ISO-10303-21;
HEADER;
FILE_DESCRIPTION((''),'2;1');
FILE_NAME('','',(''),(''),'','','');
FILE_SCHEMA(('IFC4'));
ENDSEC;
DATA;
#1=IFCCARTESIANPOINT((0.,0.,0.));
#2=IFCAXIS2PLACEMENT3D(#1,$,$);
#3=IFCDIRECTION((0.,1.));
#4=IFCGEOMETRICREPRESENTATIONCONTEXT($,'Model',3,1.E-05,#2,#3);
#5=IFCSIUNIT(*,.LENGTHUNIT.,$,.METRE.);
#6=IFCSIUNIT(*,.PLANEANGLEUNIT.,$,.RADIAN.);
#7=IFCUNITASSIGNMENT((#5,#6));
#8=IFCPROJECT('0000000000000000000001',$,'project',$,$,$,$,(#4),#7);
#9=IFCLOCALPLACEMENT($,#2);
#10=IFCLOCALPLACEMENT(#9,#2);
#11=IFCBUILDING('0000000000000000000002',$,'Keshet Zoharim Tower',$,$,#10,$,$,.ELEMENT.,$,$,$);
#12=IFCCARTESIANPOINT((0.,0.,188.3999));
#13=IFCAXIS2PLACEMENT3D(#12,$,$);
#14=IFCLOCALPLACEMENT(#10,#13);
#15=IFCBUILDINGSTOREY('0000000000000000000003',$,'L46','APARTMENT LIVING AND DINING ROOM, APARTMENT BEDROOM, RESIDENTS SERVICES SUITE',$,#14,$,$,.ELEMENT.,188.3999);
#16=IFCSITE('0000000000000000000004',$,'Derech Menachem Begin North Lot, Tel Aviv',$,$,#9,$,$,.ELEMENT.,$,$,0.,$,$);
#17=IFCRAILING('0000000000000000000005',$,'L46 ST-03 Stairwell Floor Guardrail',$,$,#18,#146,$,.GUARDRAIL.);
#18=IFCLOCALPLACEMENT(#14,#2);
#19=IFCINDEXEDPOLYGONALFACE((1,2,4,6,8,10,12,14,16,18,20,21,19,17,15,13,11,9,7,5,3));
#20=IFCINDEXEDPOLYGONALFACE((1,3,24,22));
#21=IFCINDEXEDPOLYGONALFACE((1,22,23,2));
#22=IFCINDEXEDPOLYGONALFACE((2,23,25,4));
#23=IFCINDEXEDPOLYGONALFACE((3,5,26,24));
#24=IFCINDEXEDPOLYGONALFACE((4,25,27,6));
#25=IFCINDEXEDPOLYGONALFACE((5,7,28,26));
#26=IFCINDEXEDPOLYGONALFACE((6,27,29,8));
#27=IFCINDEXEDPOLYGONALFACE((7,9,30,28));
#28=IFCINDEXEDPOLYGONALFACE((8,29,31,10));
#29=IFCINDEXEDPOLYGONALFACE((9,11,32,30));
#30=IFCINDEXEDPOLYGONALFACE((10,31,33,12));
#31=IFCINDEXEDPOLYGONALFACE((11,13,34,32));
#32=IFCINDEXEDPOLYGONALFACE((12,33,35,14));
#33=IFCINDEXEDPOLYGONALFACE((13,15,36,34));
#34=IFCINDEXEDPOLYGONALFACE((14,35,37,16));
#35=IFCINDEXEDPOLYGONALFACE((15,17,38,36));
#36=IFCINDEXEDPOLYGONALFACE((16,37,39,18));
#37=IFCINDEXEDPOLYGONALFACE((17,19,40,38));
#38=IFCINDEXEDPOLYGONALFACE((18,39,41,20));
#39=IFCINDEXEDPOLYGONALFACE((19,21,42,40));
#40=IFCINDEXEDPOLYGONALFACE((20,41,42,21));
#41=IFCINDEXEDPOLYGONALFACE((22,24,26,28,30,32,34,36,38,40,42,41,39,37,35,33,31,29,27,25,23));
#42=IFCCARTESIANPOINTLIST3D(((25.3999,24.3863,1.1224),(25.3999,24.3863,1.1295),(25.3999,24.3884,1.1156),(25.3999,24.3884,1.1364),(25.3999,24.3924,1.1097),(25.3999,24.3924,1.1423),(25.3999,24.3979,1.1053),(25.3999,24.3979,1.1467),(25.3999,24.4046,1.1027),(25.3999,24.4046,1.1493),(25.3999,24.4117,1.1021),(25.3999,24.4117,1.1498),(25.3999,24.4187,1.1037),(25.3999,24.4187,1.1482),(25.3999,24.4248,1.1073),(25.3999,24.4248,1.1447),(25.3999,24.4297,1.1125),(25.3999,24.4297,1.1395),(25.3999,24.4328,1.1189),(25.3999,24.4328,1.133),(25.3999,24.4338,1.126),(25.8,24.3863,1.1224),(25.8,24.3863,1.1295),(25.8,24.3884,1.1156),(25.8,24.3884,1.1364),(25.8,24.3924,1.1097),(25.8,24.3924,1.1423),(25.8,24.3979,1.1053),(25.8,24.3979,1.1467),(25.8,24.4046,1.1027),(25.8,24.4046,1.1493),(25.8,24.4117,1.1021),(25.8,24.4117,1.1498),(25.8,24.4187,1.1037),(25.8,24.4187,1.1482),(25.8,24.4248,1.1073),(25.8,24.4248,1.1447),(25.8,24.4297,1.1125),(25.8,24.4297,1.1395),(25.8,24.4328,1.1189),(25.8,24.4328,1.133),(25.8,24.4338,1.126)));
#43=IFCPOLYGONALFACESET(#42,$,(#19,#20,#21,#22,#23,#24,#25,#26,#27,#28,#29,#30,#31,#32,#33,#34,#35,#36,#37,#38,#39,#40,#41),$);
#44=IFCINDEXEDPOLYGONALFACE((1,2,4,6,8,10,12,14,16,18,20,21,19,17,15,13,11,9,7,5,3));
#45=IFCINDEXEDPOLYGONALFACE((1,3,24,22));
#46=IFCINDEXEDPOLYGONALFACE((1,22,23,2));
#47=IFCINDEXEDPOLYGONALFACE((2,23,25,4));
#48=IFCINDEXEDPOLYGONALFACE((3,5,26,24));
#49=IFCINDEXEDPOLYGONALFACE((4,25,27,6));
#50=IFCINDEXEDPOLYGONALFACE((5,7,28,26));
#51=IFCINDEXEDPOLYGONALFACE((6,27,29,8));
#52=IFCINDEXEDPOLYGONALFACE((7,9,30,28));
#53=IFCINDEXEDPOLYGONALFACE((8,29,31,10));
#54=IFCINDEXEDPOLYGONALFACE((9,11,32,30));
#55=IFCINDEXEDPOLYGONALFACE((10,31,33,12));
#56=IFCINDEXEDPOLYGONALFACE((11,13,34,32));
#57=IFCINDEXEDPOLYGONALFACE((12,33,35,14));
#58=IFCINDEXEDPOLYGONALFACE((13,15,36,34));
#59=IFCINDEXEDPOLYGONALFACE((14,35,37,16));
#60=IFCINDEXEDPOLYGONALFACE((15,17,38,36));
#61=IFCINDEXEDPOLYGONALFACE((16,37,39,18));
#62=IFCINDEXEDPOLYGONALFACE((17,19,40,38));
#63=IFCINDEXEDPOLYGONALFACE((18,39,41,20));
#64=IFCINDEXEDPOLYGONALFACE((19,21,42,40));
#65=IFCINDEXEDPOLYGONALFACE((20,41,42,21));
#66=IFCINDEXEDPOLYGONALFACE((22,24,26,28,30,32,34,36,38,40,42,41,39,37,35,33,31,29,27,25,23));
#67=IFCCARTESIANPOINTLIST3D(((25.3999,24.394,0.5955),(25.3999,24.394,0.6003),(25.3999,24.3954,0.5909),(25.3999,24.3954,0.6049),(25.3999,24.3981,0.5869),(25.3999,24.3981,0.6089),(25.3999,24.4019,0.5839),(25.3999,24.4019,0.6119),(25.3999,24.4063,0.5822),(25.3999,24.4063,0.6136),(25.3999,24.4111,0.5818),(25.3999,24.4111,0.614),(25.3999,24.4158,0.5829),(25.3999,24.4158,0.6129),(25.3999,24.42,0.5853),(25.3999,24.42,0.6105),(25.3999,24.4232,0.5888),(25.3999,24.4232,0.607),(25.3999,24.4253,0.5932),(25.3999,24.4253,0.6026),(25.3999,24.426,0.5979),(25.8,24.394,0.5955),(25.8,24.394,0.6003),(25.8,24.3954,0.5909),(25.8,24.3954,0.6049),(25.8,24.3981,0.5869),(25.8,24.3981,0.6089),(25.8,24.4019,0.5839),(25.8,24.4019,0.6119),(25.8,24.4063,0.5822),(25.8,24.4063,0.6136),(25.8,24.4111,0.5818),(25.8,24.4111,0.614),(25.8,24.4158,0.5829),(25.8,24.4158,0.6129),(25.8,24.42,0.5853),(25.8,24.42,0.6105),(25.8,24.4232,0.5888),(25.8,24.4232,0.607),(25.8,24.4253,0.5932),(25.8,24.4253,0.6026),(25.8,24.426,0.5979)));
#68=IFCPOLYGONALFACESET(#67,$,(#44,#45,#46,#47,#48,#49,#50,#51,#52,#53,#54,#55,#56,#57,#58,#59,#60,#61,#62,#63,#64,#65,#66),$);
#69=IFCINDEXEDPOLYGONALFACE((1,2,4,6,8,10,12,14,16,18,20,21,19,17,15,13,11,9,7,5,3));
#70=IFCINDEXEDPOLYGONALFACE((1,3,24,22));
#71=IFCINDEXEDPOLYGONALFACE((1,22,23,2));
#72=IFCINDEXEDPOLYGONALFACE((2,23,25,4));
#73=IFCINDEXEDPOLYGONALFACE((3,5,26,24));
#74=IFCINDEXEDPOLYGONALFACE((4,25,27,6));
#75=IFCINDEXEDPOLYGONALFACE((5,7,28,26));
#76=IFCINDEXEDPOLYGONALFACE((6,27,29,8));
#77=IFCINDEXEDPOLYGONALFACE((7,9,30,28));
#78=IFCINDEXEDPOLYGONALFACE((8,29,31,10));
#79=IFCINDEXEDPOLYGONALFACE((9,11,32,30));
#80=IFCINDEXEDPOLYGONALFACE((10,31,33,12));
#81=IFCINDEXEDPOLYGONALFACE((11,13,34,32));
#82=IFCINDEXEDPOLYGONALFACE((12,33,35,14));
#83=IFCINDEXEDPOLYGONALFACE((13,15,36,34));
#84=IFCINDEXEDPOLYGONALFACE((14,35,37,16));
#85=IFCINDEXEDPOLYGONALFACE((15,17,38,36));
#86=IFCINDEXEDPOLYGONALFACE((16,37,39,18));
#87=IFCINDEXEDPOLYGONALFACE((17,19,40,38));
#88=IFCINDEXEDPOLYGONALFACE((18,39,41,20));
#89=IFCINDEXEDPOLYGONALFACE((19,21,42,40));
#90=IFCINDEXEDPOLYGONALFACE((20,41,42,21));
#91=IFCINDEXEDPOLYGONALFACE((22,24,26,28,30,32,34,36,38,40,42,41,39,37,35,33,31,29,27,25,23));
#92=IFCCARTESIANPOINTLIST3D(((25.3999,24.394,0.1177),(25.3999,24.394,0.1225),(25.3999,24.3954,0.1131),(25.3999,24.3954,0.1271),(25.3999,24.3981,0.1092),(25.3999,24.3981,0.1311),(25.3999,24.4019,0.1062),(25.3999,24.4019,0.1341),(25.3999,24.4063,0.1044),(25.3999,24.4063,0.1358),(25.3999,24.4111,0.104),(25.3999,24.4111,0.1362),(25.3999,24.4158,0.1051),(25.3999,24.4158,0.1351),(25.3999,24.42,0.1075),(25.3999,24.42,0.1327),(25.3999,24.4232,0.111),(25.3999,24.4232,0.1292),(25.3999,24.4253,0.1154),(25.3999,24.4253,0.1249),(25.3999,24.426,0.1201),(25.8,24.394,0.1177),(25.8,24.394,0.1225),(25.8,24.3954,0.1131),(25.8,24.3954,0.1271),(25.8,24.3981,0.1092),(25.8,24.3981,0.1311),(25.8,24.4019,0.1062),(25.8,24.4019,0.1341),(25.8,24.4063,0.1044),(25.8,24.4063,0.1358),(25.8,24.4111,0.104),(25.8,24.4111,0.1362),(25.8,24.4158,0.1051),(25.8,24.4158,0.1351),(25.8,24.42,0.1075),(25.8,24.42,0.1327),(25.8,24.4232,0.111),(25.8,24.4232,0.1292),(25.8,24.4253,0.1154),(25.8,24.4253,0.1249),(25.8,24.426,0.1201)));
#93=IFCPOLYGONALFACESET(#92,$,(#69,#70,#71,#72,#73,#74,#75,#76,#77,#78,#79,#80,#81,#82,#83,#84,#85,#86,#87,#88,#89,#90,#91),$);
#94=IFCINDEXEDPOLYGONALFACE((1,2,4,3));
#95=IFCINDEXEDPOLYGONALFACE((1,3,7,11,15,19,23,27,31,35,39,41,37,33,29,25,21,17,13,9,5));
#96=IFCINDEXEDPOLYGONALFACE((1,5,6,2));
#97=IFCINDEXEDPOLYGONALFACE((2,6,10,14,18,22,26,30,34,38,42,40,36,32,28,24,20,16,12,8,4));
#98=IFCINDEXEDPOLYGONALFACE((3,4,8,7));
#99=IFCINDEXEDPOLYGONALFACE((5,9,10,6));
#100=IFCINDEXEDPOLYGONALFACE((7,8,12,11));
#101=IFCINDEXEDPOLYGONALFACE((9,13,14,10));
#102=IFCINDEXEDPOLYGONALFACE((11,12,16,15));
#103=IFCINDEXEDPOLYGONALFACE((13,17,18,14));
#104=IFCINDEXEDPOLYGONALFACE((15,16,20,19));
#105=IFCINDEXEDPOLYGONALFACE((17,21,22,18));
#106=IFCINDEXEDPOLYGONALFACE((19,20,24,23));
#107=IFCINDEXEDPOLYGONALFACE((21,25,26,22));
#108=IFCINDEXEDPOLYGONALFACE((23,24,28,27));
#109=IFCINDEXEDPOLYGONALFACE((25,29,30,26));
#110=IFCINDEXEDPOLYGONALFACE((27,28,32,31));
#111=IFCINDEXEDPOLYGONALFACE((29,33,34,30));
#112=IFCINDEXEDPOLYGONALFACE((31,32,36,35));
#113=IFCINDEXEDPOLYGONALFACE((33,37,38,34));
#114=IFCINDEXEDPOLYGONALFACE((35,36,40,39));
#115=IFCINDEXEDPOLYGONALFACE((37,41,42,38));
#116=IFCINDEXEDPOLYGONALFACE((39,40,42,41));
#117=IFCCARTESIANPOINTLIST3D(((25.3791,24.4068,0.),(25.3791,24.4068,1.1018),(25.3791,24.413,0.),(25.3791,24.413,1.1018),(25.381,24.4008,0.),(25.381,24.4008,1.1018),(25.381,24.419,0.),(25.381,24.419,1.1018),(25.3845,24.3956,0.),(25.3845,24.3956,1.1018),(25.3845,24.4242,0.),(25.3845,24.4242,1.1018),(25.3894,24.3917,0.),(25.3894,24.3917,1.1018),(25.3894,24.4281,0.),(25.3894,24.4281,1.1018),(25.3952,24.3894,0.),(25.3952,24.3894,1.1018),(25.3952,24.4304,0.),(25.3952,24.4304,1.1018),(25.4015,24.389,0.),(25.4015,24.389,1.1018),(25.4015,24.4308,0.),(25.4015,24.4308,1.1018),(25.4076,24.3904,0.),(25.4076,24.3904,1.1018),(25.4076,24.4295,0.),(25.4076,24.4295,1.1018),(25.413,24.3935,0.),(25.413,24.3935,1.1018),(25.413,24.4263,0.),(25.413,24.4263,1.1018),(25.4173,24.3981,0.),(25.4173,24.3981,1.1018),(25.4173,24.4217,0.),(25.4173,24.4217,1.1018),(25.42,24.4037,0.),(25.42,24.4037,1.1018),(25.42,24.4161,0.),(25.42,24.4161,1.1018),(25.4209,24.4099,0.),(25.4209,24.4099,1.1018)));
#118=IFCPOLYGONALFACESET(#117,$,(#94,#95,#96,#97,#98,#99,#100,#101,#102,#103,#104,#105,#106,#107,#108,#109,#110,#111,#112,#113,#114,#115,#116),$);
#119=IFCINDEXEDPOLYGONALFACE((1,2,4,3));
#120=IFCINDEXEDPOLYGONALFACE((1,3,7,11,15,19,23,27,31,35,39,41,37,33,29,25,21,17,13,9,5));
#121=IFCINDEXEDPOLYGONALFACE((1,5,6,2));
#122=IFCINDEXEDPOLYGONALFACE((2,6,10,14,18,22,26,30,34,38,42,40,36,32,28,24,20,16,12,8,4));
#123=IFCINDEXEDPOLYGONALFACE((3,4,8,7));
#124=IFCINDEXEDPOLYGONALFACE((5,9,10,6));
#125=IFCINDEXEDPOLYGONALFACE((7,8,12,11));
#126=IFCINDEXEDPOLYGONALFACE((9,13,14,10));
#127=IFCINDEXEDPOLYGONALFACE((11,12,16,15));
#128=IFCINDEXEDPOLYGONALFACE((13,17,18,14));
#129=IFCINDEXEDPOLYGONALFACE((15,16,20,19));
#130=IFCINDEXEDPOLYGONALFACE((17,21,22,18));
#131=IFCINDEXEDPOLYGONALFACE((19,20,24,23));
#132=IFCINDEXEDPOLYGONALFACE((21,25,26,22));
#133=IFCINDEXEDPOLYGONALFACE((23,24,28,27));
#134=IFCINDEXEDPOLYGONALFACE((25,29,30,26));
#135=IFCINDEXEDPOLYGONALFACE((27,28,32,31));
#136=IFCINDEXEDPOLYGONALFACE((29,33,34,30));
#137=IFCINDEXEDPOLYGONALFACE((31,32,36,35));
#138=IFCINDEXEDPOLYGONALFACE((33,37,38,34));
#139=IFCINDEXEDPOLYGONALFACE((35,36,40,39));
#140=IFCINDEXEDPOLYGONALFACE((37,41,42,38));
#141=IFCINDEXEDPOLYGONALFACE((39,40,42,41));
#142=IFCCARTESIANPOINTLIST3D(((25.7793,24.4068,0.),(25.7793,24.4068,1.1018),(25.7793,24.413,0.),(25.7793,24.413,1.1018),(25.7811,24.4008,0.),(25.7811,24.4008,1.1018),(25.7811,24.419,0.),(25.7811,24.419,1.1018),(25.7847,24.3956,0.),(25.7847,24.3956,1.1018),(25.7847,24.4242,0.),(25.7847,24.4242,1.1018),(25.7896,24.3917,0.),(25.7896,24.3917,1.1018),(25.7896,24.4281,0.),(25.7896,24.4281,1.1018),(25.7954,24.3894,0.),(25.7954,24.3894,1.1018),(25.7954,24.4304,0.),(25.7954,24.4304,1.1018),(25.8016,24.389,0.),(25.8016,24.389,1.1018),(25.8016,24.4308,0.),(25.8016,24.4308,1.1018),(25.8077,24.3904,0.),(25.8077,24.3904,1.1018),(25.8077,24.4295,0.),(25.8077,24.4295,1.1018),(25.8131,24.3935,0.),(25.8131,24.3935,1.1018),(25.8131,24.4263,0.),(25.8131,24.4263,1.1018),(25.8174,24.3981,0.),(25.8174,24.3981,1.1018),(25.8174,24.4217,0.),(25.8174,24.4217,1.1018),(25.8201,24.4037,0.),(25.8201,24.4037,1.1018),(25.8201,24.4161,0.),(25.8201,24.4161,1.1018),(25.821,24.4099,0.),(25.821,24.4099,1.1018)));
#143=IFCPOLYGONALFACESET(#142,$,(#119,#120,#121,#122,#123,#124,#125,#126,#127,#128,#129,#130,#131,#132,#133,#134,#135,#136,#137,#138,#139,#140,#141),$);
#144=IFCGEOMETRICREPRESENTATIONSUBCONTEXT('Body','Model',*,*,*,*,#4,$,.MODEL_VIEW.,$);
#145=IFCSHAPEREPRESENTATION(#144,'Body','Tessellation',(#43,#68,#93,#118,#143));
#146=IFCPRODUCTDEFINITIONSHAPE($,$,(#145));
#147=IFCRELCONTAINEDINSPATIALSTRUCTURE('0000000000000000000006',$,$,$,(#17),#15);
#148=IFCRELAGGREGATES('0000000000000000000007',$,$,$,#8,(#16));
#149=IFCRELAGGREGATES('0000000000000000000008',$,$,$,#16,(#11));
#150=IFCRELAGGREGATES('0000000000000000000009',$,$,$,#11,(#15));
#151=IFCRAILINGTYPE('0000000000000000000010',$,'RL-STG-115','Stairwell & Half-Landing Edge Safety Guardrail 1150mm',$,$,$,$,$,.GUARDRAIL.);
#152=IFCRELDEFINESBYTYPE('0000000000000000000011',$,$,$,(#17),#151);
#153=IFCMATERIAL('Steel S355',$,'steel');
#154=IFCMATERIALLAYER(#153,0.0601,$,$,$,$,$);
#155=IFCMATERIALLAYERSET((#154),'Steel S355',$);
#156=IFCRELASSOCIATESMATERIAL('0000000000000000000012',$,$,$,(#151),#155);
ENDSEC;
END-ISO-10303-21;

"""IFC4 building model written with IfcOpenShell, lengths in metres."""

from ifc_helpers import new_model, si_unit, direction, frame, origin, origin_2d, place, context, subcontext, project, spatial, circle, extrude, material, layer, layer_set, type_object, element, save


model = new_model("IFC4")

# Units and contexts
model_context = context("Model", 3, precision=1e-05, world=origin(), true_north=direction((0.0, 1.0)))
body_context = subcontext(model_context, "Body", "Model", "MODEL_VIEW")
ifc_project = project(units=[si_unit("LENGTHUNIT", "METRE"), si_unit("PLANEANGLEUNIT", "RADIAN")], contexts=[model_context])

# Site, building, storey
site_placement = place(None, origin())
site = spatial("IfcSite", under=ifc_project, at=site_placement, Name="Derech Menachem Begin North Lot, Tel Aviv", CompositionType="ELEMENT", RefElevation=0.0)
building_placement = place(site_placement, origin())
building = spatial("IfcBuilding", under=site, at=building_placement, Name="Keshet Zoharim Tower", CompositionType="ELEMENT")
storey_placement = place(building_placement, frame((0.0, 0.0, 188.3999)))
storey = spatial("IfcBuildingStorey", under=building, at=storey_placement, Name="L46", Description="APARTMENT LIVING AND DINING ROOM, APARTMENT BEDROOM, RESIDENTS SERVICES SUITE", CompositionType="ELEMENT", Elevation=188.3999)

# Shared definitions
ifc_material_1 = material(Name="Steel S355", Category="steel")

# Railing
ifc_layer_1 = layer(ifc_material_1, 0.0601)
ifc_layer_set_1 = layer_set([ifc_layer_1], Name="Steel S355")
railing_type = type_object("IfcRailingType", Name="RL-STG-115", Description="Stairwell & Half-Landing Edge Safety Guardrail 1150mm", PredefinedType="GUARDRAIL", material=ifc_layer_set_1)
railing_1_placement = place(storey_placement, frame((25.3999, 24.4099, 0.0)))
element("IfcRailing", 1, at=railing_1_placement, inside=storey, type_object=railing_type, Name="L46 ST-03 Stairwell Floor Guardrail", PredefinedType="GUARDRAIL", context=body_context, shape_type="SweptSolid", body=[
    extrude(circle(Radius=0.0239, at=origin_2d()), frame((0.0, 0.0, 1.126), z_axis=(1.0, 0.0, 0.0), x_axis=(0.0, 1.0, 0.0)), (0.0, 0.0, 1.0), 0.4001),
    extrude(circle(Radius=0.0161, at=origin_2d()), frame((0.0, 0.0, 0.5979), z_axis=(1.0, 0.0, 0.0), x_axis=(0.0, 1.0, 0.0)), (0.0, 0.0, 1.0), 0.4001),
    extrude(circle(Radius=0.0161, at=origin_2d()), frame((0.0, 0.0, 0.1201), z_axis=(1.0, 0.0, 0.0), x_axis=(0.0, 1.0, 0.0)), (0.0, 0.0, 1.0), 0.4001),
    extrude(circle(Radius=0.021, at=origin_2d()), origin(), (0.0, 0.0, 1.0), 1.1018),
    extrude(circle(Radius=0.021, at=origin_2d()), frame((0.4001, 0.0, 0.0)), (0.0, 0.0, 1.0), 1.1018),
])

save(model, "model.ifc")
